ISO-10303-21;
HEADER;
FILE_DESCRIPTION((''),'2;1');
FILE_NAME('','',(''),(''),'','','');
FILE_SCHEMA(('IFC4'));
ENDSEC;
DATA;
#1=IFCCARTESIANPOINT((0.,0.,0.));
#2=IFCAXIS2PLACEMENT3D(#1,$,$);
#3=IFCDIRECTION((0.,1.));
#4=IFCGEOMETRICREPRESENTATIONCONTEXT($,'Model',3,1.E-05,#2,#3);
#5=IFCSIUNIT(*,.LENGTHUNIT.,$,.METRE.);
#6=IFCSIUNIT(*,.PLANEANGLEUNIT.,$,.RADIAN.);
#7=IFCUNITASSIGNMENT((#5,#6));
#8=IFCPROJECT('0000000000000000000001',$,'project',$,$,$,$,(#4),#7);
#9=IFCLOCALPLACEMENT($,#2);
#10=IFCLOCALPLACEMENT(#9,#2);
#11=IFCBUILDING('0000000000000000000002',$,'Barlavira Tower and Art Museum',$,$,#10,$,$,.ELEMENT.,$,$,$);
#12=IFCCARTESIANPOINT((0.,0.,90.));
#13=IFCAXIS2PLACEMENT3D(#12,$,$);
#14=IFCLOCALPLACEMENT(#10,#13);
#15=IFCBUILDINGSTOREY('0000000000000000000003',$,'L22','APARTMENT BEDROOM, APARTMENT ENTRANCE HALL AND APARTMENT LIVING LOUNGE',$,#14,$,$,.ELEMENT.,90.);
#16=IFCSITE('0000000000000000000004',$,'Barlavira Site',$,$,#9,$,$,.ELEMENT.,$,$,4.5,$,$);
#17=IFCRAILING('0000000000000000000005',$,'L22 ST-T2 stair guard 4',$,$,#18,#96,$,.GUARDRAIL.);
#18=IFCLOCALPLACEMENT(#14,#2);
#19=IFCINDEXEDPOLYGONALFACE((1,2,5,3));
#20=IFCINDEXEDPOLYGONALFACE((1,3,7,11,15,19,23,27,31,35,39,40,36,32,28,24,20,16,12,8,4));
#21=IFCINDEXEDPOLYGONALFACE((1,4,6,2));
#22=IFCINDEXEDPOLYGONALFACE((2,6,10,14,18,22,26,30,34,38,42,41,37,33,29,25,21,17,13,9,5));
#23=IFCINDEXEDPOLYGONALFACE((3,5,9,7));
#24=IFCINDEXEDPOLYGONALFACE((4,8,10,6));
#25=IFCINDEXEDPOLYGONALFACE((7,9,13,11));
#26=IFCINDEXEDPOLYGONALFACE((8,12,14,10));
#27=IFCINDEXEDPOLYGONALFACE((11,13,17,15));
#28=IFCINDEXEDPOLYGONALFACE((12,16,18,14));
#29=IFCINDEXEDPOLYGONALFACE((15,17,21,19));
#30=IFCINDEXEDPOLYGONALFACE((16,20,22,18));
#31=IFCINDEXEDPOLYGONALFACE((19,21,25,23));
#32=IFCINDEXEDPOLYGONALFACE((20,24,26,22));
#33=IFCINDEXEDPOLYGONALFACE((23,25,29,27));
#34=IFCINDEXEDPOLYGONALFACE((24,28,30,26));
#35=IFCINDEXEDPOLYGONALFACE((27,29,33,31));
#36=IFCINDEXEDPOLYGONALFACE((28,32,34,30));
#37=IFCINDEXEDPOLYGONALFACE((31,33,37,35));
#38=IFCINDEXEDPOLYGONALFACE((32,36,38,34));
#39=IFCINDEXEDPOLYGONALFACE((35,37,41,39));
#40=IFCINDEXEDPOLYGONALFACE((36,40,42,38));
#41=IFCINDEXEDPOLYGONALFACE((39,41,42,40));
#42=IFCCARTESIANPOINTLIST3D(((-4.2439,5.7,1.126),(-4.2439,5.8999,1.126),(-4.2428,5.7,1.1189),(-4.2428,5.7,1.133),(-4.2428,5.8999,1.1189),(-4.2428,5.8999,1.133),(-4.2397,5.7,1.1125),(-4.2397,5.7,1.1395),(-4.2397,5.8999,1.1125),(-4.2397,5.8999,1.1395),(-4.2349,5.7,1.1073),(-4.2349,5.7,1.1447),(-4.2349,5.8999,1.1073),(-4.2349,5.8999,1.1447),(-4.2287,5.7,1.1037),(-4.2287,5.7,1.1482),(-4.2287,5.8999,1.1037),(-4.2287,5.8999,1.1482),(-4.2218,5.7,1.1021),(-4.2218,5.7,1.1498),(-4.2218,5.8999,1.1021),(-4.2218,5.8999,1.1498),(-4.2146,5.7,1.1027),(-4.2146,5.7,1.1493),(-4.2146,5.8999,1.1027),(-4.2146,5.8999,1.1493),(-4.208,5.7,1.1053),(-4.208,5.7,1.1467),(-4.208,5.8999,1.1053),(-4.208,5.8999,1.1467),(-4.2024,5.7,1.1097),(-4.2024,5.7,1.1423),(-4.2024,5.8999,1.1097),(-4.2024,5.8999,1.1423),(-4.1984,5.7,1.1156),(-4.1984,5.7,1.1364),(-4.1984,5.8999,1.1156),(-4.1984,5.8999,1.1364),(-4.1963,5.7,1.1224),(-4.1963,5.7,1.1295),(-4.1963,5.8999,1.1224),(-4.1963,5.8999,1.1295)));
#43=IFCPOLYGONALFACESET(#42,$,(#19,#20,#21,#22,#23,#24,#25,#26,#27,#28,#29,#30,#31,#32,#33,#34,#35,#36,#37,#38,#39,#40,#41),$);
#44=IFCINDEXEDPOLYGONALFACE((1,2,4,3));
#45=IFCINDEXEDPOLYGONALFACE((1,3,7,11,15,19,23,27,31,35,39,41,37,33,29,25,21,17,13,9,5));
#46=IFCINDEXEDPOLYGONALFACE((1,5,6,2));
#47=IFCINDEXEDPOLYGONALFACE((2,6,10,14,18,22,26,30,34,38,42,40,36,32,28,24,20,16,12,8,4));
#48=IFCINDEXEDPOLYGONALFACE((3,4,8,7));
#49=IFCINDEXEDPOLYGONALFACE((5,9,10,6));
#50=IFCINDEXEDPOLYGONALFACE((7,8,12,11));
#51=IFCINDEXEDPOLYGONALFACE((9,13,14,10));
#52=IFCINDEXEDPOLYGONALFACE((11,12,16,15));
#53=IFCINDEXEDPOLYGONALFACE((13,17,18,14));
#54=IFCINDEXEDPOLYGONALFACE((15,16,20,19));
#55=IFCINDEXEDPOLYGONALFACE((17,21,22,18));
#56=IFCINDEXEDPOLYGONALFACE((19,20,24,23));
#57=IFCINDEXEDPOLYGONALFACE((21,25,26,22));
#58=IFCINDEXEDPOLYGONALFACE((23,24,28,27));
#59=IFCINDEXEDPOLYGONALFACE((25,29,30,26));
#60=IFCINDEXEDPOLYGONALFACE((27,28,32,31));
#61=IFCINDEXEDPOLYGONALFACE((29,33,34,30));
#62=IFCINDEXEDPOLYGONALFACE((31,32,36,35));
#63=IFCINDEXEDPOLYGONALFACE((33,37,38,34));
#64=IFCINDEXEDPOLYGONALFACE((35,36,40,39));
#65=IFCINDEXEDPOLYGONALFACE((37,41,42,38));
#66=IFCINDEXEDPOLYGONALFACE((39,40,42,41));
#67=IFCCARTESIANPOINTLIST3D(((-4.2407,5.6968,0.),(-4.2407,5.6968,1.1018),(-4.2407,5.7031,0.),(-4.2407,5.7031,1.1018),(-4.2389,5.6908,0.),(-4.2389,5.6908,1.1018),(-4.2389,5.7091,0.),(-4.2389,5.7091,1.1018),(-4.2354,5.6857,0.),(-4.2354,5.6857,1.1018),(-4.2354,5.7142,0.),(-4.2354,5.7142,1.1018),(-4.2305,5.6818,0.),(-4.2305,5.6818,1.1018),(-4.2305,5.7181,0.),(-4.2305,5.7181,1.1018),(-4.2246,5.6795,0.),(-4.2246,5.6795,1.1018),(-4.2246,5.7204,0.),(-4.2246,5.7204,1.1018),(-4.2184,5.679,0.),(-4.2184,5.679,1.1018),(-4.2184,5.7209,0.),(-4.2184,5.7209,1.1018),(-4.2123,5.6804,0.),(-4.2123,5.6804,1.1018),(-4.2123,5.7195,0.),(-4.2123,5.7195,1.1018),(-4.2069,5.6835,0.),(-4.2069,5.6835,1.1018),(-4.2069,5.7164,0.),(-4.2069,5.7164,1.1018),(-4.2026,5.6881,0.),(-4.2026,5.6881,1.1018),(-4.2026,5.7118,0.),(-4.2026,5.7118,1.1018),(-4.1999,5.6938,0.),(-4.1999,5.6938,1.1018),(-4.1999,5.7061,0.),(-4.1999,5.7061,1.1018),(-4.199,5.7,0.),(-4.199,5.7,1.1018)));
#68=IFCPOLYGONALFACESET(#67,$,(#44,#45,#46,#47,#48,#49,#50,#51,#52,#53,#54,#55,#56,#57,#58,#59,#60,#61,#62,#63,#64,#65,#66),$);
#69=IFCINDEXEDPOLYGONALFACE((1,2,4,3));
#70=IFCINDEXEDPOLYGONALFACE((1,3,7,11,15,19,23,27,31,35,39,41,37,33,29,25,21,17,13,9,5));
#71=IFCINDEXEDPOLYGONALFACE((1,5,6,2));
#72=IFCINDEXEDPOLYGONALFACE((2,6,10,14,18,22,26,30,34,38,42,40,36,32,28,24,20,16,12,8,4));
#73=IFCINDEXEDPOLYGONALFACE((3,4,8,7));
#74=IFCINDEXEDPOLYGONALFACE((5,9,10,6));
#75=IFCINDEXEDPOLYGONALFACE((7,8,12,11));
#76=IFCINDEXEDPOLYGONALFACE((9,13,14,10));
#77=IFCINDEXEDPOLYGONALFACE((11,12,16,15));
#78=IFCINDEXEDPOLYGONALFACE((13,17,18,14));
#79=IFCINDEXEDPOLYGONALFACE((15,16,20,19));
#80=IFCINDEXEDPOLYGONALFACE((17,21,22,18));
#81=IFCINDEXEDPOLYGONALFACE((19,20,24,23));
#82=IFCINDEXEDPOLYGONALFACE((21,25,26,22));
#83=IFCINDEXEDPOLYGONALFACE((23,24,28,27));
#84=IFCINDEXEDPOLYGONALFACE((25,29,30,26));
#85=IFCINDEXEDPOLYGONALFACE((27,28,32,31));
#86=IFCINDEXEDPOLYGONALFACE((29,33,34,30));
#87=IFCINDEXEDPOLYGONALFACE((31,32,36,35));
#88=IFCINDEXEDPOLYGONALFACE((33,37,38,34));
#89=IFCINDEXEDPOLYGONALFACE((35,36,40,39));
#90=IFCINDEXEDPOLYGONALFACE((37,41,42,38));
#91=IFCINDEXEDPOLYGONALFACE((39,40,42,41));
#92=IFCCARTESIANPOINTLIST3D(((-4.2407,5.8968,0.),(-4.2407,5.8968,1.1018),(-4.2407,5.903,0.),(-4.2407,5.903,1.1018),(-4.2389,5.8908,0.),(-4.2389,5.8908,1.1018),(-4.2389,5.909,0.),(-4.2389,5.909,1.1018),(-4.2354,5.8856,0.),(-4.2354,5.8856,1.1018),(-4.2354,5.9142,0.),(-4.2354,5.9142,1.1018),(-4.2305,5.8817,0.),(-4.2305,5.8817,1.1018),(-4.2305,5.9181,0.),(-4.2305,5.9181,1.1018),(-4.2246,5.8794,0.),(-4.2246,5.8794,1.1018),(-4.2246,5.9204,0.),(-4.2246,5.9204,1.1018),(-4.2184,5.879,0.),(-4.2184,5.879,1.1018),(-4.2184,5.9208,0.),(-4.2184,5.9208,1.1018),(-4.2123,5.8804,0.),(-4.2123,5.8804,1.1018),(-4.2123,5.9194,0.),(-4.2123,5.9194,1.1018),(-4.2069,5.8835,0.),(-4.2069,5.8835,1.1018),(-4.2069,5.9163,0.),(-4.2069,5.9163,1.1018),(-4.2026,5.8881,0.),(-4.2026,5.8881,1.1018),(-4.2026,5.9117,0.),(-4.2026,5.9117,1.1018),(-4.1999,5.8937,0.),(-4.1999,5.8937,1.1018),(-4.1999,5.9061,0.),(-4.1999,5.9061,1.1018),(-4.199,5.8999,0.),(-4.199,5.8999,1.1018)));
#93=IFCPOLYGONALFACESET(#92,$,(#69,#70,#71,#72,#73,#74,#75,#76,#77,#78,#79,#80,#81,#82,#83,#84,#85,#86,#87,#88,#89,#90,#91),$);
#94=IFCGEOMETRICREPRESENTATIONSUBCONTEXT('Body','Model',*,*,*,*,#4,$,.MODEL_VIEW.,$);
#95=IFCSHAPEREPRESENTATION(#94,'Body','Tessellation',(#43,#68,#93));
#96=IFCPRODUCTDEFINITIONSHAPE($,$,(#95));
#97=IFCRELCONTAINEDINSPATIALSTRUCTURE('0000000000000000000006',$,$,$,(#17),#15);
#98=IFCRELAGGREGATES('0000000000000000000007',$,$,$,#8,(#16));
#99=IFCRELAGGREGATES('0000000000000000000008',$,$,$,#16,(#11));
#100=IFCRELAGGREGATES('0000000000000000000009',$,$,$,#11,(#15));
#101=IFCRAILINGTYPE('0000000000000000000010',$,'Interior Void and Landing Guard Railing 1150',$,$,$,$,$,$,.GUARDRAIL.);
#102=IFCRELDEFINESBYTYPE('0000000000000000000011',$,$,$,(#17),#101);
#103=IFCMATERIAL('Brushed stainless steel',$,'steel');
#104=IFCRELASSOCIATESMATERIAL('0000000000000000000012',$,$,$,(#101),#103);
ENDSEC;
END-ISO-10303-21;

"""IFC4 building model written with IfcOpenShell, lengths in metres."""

from ifc_helpers import new_model, si_unit, direction, frame, origin, origin_2d, place, context, subcontext, project, spatial, circle, extrude, material, type_object, element, save


model = new_model("IFC4")

# Units and contexts
model_context = context("Model", 3, precision=1e-05, world=origin(), true_north=direction((0.0, 1.0)))
body_context = subcontext(model_context, "Body", "Model", "MODEL_VIEW")
ifc_project = project(units=[si_unit("LENGTHUNIT", "METRE"), si_unit("PLANEANGLEUNIT", "RADIAN")], contexts=[model_context])

# Site, building, storey
site_placement = place(None, origin())
site = spatial("IfcSite", under=ifc_project, at=site_placement, Name="Barlavira Site", CompositionType="ELEMENT", RefElevation=4.5)
building_placement = place(site_placement, origin())
building = spatial("IfcBuilding", under=site, at=building_placement, Name="Barlavira Tower and Art Museum", CompositionType="ELEMENT")
storey_placement = place(building_placement, frame((0.0, 0.0, 90.0)))
storey = spatial("IfcBuildingStorey", under=building, at=storey_placement, Name="L22", Description="APARTMENT BEDROOM, APARTMENT ENTRANCE HALL AND APARTMENT LIVING LOUNGE", CompositionType="ELEMENT", Elevation=90.0)

# Shared definitions
ifc_material_1 = material(Name="Brushed stainless steel", Category="steel")

# Railing
railing_type_1 = type_object("IfcRailingType", Name="Interior Void and Landing Guard Railing 1150", PredefinedType="GUARDRAIL", material=ifc_material_1)
railing_1_placement = place(storey_placement, frame((-4.22, 5.7, 0.0)))
element("IfcRailing", 1, at=railing_1_placement, inside=storey, type_object=railing_type_1, Name="L22 ST-T2 stair guard 4", PredefinedType="GUARDRAIL", context=body_context, shape_type="SweptSolid", body=[
    extrude(circle(Radius=0.0239, at=origin_2d()), frame((0.0, 0.0, 1.126), z_axis=(0.0, 1.0, 0.0), x_axis=(-1.0, 0.0, 0.0)), (0.0, 0.0, 1.0), 0.2),
    extrude(circle(Radius=0.021, at=origin_2d()), origin(), (0.0, 0.0, 1.0), 1.1018),
    extrude(circle(Radius=0.021, at=origin_2d()), frame((0.0, 0.2, 0.0)), (0.0, 0.0, 1.0), 1.1018),
])

save(model, "model.ifc")
